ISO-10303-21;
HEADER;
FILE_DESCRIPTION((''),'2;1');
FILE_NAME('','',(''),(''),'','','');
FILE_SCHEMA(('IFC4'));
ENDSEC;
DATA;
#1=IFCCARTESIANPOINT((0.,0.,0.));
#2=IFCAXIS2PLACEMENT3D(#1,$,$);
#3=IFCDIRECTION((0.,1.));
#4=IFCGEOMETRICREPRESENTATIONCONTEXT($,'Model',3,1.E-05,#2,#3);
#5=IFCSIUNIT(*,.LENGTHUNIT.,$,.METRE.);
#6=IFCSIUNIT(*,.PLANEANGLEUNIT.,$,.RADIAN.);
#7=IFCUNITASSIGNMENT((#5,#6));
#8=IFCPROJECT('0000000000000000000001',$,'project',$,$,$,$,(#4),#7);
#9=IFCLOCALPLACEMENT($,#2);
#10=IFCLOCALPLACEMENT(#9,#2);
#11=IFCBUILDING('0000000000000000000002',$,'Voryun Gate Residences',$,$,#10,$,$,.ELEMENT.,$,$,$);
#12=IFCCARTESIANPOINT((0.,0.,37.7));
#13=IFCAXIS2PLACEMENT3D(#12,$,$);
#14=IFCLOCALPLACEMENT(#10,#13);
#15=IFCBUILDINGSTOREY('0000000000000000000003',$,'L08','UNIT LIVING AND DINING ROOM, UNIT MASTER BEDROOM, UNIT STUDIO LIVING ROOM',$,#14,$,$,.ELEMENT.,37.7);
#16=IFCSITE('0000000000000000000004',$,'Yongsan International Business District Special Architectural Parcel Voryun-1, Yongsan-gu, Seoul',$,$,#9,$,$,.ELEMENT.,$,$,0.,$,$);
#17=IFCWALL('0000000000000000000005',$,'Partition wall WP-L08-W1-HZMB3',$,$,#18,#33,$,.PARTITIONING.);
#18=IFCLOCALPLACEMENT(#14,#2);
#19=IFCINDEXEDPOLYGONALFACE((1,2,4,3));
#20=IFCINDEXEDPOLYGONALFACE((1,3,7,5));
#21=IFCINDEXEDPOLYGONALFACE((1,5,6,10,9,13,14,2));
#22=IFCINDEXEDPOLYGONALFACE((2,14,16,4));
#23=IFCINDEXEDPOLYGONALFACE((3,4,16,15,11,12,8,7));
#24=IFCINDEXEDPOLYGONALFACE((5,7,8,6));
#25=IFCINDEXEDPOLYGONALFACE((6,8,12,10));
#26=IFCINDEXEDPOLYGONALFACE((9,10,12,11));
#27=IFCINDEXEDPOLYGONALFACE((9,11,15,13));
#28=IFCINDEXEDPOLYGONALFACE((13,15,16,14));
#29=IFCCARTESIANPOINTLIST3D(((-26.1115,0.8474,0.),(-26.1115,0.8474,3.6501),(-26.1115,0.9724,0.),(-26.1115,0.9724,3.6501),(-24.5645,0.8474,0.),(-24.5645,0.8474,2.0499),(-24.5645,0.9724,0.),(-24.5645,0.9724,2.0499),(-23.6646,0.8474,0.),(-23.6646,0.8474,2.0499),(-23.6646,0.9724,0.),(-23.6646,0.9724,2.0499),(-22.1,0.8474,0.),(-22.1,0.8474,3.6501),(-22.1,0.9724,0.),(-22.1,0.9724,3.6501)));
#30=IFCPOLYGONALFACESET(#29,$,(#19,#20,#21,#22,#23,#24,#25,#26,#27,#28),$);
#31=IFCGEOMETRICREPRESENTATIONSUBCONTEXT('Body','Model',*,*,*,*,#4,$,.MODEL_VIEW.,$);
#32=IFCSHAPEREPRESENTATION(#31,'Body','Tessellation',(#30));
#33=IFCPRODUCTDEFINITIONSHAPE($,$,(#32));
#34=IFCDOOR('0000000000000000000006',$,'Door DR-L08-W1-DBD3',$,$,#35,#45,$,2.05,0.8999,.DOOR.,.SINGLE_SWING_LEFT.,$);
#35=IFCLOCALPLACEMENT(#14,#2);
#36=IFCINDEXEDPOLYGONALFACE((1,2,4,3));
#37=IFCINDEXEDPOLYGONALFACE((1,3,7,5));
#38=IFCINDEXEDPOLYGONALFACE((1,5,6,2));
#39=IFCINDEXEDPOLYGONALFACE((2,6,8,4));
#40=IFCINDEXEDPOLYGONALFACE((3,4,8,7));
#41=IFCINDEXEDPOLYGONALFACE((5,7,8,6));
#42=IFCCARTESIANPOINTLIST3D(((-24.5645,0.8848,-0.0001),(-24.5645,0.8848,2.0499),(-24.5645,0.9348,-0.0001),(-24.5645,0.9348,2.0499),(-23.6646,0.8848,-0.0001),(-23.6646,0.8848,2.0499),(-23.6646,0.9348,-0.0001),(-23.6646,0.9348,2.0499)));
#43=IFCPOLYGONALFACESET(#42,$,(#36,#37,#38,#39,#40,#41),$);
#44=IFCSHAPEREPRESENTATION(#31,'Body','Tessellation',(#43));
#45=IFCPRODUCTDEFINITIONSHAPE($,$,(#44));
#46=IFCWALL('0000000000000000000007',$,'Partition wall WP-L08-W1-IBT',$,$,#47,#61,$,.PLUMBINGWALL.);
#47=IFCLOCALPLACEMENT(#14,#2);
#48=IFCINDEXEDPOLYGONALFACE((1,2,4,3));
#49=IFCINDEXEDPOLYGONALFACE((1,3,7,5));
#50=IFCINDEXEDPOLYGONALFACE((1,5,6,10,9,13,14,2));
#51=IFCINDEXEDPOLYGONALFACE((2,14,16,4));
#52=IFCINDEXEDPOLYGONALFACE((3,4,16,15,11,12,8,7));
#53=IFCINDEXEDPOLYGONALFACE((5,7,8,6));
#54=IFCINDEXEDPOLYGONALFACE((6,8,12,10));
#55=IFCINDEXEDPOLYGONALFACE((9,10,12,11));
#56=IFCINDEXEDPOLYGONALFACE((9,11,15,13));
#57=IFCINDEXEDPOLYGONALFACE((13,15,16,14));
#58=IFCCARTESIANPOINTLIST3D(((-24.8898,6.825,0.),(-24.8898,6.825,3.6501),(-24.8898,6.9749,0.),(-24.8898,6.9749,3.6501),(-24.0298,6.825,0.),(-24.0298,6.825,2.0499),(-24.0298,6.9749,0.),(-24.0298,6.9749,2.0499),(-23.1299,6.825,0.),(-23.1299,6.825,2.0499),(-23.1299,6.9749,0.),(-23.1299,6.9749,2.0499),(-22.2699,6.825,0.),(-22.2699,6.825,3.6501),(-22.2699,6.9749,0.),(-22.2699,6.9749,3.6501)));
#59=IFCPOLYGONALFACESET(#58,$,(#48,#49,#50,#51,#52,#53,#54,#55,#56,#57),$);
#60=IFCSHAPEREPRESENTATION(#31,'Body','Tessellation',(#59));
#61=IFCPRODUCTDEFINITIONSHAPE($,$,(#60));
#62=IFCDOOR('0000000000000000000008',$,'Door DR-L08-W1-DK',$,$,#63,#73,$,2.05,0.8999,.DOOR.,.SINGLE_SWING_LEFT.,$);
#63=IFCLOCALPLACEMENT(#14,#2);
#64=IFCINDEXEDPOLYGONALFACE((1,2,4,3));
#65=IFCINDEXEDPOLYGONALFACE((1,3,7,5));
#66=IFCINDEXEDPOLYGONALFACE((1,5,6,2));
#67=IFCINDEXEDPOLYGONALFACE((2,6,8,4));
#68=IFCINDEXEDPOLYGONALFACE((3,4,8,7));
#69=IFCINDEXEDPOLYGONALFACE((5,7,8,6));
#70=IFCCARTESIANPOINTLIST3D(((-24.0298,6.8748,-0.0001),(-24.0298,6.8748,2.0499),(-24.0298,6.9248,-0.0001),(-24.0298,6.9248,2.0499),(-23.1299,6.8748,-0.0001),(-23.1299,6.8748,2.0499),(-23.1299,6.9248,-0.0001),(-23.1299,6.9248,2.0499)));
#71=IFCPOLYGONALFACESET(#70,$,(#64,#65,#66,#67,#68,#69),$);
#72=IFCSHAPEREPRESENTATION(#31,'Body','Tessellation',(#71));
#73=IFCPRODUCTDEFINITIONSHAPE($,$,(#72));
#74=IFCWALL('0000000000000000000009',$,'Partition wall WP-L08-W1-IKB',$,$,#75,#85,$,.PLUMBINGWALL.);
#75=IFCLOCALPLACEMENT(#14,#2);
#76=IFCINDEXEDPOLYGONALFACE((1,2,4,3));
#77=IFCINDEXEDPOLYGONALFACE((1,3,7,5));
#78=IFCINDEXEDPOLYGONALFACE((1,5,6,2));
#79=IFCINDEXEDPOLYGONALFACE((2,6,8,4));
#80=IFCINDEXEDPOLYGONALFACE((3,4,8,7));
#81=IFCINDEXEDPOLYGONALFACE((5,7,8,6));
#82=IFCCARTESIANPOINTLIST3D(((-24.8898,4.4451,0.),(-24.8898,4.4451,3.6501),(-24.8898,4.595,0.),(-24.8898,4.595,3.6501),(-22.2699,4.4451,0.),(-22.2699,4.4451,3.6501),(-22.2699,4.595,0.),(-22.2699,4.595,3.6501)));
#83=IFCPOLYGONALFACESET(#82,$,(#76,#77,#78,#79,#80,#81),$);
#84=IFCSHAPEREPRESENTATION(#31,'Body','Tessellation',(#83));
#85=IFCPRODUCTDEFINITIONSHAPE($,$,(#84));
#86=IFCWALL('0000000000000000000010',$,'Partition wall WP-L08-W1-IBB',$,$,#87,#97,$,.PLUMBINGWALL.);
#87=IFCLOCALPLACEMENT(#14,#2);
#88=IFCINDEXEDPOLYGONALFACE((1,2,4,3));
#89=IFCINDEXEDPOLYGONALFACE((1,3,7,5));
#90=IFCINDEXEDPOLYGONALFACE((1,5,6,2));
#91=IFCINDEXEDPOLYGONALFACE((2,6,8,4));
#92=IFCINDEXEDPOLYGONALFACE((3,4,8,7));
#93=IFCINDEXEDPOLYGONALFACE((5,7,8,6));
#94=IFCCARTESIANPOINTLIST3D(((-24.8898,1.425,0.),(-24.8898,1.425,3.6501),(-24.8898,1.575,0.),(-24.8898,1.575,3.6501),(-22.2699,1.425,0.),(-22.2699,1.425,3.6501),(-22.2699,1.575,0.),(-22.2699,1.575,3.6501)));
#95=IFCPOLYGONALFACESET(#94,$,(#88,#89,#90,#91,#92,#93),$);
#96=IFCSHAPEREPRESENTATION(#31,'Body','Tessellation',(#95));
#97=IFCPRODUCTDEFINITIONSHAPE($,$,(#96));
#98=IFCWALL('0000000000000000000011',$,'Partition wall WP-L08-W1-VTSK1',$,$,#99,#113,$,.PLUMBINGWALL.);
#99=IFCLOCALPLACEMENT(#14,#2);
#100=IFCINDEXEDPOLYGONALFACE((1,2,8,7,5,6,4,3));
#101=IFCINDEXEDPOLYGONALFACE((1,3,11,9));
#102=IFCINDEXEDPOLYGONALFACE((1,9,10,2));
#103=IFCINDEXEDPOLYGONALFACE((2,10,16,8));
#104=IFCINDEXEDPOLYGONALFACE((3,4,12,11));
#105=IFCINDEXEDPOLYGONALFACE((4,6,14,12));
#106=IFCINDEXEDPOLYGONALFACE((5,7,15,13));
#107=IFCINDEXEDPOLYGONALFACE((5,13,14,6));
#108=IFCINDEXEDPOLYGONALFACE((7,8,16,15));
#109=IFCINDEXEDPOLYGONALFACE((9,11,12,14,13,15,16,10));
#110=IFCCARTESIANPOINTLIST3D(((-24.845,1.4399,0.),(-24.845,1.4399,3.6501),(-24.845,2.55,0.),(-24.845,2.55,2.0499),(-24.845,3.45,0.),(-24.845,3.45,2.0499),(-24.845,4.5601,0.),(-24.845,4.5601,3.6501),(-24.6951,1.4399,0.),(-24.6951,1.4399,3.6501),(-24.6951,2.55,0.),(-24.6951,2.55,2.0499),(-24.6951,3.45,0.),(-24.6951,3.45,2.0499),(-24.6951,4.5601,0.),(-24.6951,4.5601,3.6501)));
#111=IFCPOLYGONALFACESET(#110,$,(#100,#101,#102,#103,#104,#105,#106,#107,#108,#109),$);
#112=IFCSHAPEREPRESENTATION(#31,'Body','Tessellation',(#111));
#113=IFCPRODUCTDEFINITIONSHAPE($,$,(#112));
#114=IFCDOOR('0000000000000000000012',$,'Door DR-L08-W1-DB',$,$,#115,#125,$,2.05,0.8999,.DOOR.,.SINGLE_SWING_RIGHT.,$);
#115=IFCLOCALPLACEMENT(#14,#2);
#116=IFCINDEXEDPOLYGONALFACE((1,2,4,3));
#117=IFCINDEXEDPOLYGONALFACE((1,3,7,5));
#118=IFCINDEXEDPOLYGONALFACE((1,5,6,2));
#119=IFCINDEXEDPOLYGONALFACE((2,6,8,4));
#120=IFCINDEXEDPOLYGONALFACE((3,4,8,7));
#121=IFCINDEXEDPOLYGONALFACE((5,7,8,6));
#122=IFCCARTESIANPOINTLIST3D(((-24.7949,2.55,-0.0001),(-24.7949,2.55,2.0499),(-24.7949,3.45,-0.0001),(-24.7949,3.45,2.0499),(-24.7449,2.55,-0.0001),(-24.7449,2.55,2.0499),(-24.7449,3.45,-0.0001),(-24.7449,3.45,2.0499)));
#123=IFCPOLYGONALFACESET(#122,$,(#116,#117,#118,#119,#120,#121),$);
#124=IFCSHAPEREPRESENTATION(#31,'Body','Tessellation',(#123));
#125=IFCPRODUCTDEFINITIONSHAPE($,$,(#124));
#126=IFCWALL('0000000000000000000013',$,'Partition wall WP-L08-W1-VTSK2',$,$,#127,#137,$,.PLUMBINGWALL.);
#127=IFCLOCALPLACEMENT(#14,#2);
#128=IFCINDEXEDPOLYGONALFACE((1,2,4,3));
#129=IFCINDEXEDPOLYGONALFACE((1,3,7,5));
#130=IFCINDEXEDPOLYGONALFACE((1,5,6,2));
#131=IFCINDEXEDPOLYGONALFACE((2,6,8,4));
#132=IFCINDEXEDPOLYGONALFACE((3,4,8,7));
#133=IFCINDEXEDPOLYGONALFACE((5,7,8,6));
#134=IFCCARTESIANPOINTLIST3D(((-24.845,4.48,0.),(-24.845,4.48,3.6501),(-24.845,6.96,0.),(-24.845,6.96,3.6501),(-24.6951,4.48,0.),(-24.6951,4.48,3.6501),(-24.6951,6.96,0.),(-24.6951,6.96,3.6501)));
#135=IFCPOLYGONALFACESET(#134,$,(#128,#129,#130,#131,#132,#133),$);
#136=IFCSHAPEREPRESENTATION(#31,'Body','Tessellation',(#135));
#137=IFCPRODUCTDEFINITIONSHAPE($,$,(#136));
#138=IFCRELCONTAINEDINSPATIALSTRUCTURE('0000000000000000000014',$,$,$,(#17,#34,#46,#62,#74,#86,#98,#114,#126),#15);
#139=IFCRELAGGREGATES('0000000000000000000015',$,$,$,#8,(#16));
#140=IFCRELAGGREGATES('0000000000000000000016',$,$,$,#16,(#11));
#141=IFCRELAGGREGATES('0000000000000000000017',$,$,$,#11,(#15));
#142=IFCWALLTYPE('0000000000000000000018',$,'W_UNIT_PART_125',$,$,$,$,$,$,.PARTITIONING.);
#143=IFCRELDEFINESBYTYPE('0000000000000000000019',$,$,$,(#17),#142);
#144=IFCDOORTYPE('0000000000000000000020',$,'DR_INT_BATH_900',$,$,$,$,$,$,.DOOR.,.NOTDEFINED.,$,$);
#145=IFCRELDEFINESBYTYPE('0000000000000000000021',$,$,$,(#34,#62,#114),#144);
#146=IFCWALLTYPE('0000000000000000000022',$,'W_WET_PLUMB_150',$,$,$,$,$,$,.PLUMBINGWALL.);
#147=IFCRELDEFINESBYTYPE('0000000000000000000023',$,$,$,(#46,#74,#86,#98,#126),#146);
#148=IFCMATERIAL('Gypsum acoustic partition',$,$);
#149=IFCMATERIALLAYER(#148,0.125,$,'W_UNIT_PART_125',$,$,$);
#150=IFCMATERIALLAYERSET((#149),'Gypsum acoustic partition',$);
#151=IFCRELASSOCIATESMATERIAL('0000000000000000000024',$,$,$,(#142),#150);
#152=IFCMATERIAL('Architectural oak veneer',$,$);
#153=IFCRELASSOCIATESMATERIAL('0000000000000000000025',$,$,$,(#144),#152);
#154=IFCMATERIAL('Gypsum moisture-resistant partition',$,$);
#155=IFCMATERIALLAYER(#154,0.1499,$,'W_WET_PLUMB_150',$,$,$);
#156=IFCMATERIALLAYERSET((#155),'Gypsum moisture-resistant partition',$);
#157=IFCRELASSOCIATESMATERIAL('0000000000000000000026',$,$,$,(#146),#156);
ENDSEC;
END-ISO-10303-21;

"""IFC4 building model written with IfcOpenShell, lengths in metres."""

from ifc_helpers import new_model, si_unit, direction, frame, frame_2d, origin, place, context, subcontext, project, spatial, rectangle, extrude, material, layer, layer_set, type_object, element, fill, save


model = new_model("IFC4")

# Units and contexts
model_context = context("Model", 3, precision=1e-05, world=origin(), true_north=direction((0.0, 1.0)))
body_context = subcontext(model_context, "Body", "Model", "MODEL_VIEW")
ifc_project = project(units=[si_unit("LENGTHUNIT", "METRE"), si_unit("PLANEANGLEUNIT", "RADIAN")], contexts=[model_context])

# Site, building, storey
site_placement = place(None, origin())
site = spatial("IfcSite", under=ifc_project, at=site_placement, Name="Yongsan International Business District Special Architectural Parcel Voryun-1, Yongsan-gu, Seoul", CompositionType="ELEMENT", RefElevation=0.0)
building_placement = place(site_placement, origin())
building = spatial("IfcBuilding", under=site, at=building_placement, Name="Voryun Gate Residences", CompositionType="ELEMENT")
storey_placement = place(building_placement, frame((0.0, 0.0, 37.7)))
storey = spatial("IfcBuildingStorey", under=building, at=storey_placement, Name="L08", Description="UNIT LIVING AND DINING ROOM, UNIT MASTER BEDROOM, UNIT STUDIO LIVING ROOM", CompositionType="ELEMENT", Elevation=37.7)

# Walls, openings, doors
ifc_material_1 = material(Name="Gypsum acoustic partition")
ifc_layer_1 = layer(ifc_material_1, 0.125, Name="W_UNIT_PART_125")
ifc_layer_set_1 = layer_set([ifc_layer_1], Name="Gypsum acoustic partition")
wall_type_1 = type_object("IfcWallType", Name="W_UNIT_PART_125", PredefinedType="PARTITIONING", material=ifc_layer_set_1)
ifc_material_2 = material(Name="Architectural oak veneer")
door_type_1 = type_object("IfcDoorType", Name="DR_INT_BATH_900", OperationType="NOTDEFINED", PredefinedType="DOOR", material=ifc_material_2)
wall_1_placement = place(storey_placement, frame((-26.1116, 0.9099, 0.0), z_axis=(0.0, 0.0, 1.0), x_axis=(1.0, 0.0, 0.0)))
wall_1 = element("IfcWall", 1, at=wall_1_placement, inside=storey, type_object=wall_type_1, Name="Partition wall WP-L08-W1-HZMB3", PredefinedType="PARTITIONING", context=body_context, shape_type="SweptSolid", body=[
    extrude(rectangle(XDim=4.0115, YDim=0.125, at=frame_2d((2.0059, 0.0))), origin(), (0.0, 0.0, 1.0), 3.6501),
])
opening_1_placement = place(wall_1_placement, frame((1.5471, 0.0, 0.0)))
opening_1 = element("IfcOpeningElement", 2, at=opening_1_placement, cuts=wall_1, PredefinedType="OPENING", context=body_context, shape_type="SweptSolid", body=[
    extrude(rectangle(XDim=0.8999, YDim=2.05, at=frame_2d((0.45, 1.0249))), frame((0.0, 0.0725, 0.0), z_axis=(0.0, -1.0, 0.0), x_axis=(1.0, 0.0, 0.0)), (0.0, 0.0, 1.0), 0.145),
])
door_1_placement = place(opening_1_placement, origin())
door_1 = element("IfcDoor", 3, at=door_1_placement, inside=storey, type_object=door_type_1, Name="Door DR-L08-W1-DBD3", OperationType="SINGLE_SWING_LEFT", OverallHeight=2.05, OverallWidth=0.8999, PredefinedType="DOOR", context=body_context, shape_type="SweptSolid", body=[
    extrude(rectangle(XDim=0.8999, YDim=2.05, at=frame_2d((0.45, 1.0249))), frame((0.0, 0.0249, 0.0), z_axis=(0.0, -1.0, 0.0), x_axis=(1.0, 0.0, 0.0)), (0.0, 0.0, 1.0), 0.05),
])
fill(opening_1, door_1)
ifc_material_3 = material(Name="Gypsum moisture-resistant partition")
ifc_layer_2 = layer(ifc_material_3, 0.1499, Name="W_WET_PLUMB_150")
ifc_layer_set_2 = layer_set([ifc_layer_2], Name="Gypsum moisture-resistant partition")
wall_type_2 = type_object("IfcWallType", Name="W_WET_PLUMB_150", PredefinedType="PLUMBINGWALL", material=ifc_layer_set_2)
wall_2_placement = place(storey_placement, frame((-24.8899, 6.8999, 0.0), z_axis=(0.0, 0.0, 1.0), x_axis=(1.0, 0.0, 0.0)))
wall_2 = element("IfcWall", 4, at=wall_2_placement, inside=storey, type_object=wall_type_2, Name="Partition wall WP-L08-W1-IBT", PredefinedType="PLUMBINGWALL", context=body_context, shape_type="SweptSolid", body=[
    extrude(rectangle(XDim=2.6199, YDim=0.1499, at=frame_2d((1.3101, 0.0))), origin(), (0.0, 0.0, 1.0), 3.6501),
])
opening_2_placement = place(wall_2_placement, frame((0.8601, 0.0, 0.0)))
opening_2 = element("IfcOpeningElement", 5, at=opening_2_placement, cuts=wall_2, PredefinedType="OPENING", context=body_context, shape_type="SweptSolid", body=[
    extrude(rectangle(XDim=0.8999, YDim=2.05, at=frame_2d((0.45, 1.0249))), frame((0.0, 0.085, 0.0), z_axis=(0.0, -1.0, 0.0), x_axis=(1.0, 0.0, 0.0)), (0.0, 0.0, 1.0), 0.1699),
])
door_2_placement = place(opening_2_placement, origin())
door_2 = element("IfcDoor", 6, at=door_2_placement, inside=storey, type_object=door_type_1, Name="Door DR-L08-W1-DK", OperationType="SINGLE_SWING_LEFT", OverallHeight=2.05, OverallWidth=0.8999, PredefinedType="DOOR", context=body_context, shape_type="SweptSolid", body=[
    extrude(rectangle(XDim=0.8999, YDim=2.05, at=frame_2d((0.45, 1.0249))), frame((0.0, 0.0249, 0.0), z_axis=(0.0, -1.0, 0.0), x_axis=(1.0, 0.0, 0.0)), (0.0, 0.0, 1.0), 0.05),
])
fill(opening_2, door_2)

# Walls
for number, where, z_axis, x_axis, name in (
    (7, (-24.8899, 4.52, 0.0), (0.0, 0.0, 1.0), (1.0, 0.0, 0.0), "Partition wall WP-L08-W1-IKB"),
    (8, (-24.8899, 1.5, 0.0), (0.0, 0.0, 1.0), (1.0, 0.0, 0.0), "Partition wall WP-L08-W1-IBB"),
):
    element("IfcWall", number, at=place(storey_placement, frame(where, z_axis=z_axis, x_axis=x_axis)), inside=storey, type_object=wall_type_2, Name=name, PredefinedType="PLUMBINGWALL", context=body_context, shape_type="SweptSolid", body=[
        extrude(rectangle(XDim=2.6199, YDim=0.1499, at=frame_2d((1.3101, 0.0))), origin(), (0.0, 0.0, 1.0), 3.6501),
    ])

# Wall, opening, door
wall_3_placement = place(storey_placement, frame((-24.77, 1.4399, 0.0), z_axis=(0.0, 0.0, 1.0), x_axis=(0.0, 1.0, 0.0)))
wall_3 = element("IfcWall", 9, at=wall_3_placement, inside=storey, type_object=wall_type_2, Name="Partition wall WP-L08-W1-VTSK1", PredefinedType="PLUMBINGWALL", context=body_context, shape_type="SweptSolid", body=[
    extrude(rectangle(XDim=3.1201, YDim=0.1499, at=frame_2d((1.5601, 0.0))), origin(), (0.0, 0.0, 1.0), 3.6501),
])
opening_3_placement = place(wall_3_placement, frame((1.1101, 0.0, 0.0)))
opening_3 = element("IfcOpeningElement", 10, at=opening_3_placement, cuts=wall_3, PredefinedType="OPENING", context=body_context, shape_type="SweptSolid", body=[
    extrude(rectangle(XDim=0.8999, YDim=2.05, at=frame_2d((0.45, 1.0249))), frame((0.0, 0.085, 0.0), z_axis=(0.0, -1.0, 0.0), x_axis=(1.0, 0.0, 0.0)), (0.0, 0.0, 1.0), 0.1699),
])
door_3_placement = place(opening_3_placement, origin())
door_3 = element("IfcDoor", 11, at=door_3_placement, inside=storey, type_object=door_type_1, Name="Door DR-L08-W1-DB", OperationType="SINGLE_SWING_RIGHT", OverallHeight=2.05, OverallWidth=0.8999, PredefinedType="DOOR", context=body_context, shape_type="SweptSolid", body=[
    extrude(rectangle(XDim=0.8999, YDim=2.05, at=frame_2d((0.45, 1.0249))), frame((0.0, 0.0249, 0.0), z_axis=(0.0, -1.0, 0.0), x_axis=(1.0, 0.0, 0.0)), (0.0, 0.0, 1.0), 0.05),
])
fill(opening_3, door_3)

# Wall
wall_4_placement = place(storey_placement, frame((-24.77, 4.48, 0.0), z_axis=(0.0, 0.0, 1.0), x_axis=(0.0, 1.0, 0.0)))
element("IfcWall", 12, at=wall_4_placement, inside=storey, type_object=wall_type_2, Name="Partition wall WP-L08-W1-VTSK2", PredefinedType="PLUMBINGWALL", context=body_context, shape_type="SweptSolid", body=[
    extrude(rectangle(XDim=2.48, YDim=0.1499, at=frame_2d((1.24, 0.0))), origin(), (0.0, 0.0, 1.0), 3.6501),
])

save(model, "model.ifc")
